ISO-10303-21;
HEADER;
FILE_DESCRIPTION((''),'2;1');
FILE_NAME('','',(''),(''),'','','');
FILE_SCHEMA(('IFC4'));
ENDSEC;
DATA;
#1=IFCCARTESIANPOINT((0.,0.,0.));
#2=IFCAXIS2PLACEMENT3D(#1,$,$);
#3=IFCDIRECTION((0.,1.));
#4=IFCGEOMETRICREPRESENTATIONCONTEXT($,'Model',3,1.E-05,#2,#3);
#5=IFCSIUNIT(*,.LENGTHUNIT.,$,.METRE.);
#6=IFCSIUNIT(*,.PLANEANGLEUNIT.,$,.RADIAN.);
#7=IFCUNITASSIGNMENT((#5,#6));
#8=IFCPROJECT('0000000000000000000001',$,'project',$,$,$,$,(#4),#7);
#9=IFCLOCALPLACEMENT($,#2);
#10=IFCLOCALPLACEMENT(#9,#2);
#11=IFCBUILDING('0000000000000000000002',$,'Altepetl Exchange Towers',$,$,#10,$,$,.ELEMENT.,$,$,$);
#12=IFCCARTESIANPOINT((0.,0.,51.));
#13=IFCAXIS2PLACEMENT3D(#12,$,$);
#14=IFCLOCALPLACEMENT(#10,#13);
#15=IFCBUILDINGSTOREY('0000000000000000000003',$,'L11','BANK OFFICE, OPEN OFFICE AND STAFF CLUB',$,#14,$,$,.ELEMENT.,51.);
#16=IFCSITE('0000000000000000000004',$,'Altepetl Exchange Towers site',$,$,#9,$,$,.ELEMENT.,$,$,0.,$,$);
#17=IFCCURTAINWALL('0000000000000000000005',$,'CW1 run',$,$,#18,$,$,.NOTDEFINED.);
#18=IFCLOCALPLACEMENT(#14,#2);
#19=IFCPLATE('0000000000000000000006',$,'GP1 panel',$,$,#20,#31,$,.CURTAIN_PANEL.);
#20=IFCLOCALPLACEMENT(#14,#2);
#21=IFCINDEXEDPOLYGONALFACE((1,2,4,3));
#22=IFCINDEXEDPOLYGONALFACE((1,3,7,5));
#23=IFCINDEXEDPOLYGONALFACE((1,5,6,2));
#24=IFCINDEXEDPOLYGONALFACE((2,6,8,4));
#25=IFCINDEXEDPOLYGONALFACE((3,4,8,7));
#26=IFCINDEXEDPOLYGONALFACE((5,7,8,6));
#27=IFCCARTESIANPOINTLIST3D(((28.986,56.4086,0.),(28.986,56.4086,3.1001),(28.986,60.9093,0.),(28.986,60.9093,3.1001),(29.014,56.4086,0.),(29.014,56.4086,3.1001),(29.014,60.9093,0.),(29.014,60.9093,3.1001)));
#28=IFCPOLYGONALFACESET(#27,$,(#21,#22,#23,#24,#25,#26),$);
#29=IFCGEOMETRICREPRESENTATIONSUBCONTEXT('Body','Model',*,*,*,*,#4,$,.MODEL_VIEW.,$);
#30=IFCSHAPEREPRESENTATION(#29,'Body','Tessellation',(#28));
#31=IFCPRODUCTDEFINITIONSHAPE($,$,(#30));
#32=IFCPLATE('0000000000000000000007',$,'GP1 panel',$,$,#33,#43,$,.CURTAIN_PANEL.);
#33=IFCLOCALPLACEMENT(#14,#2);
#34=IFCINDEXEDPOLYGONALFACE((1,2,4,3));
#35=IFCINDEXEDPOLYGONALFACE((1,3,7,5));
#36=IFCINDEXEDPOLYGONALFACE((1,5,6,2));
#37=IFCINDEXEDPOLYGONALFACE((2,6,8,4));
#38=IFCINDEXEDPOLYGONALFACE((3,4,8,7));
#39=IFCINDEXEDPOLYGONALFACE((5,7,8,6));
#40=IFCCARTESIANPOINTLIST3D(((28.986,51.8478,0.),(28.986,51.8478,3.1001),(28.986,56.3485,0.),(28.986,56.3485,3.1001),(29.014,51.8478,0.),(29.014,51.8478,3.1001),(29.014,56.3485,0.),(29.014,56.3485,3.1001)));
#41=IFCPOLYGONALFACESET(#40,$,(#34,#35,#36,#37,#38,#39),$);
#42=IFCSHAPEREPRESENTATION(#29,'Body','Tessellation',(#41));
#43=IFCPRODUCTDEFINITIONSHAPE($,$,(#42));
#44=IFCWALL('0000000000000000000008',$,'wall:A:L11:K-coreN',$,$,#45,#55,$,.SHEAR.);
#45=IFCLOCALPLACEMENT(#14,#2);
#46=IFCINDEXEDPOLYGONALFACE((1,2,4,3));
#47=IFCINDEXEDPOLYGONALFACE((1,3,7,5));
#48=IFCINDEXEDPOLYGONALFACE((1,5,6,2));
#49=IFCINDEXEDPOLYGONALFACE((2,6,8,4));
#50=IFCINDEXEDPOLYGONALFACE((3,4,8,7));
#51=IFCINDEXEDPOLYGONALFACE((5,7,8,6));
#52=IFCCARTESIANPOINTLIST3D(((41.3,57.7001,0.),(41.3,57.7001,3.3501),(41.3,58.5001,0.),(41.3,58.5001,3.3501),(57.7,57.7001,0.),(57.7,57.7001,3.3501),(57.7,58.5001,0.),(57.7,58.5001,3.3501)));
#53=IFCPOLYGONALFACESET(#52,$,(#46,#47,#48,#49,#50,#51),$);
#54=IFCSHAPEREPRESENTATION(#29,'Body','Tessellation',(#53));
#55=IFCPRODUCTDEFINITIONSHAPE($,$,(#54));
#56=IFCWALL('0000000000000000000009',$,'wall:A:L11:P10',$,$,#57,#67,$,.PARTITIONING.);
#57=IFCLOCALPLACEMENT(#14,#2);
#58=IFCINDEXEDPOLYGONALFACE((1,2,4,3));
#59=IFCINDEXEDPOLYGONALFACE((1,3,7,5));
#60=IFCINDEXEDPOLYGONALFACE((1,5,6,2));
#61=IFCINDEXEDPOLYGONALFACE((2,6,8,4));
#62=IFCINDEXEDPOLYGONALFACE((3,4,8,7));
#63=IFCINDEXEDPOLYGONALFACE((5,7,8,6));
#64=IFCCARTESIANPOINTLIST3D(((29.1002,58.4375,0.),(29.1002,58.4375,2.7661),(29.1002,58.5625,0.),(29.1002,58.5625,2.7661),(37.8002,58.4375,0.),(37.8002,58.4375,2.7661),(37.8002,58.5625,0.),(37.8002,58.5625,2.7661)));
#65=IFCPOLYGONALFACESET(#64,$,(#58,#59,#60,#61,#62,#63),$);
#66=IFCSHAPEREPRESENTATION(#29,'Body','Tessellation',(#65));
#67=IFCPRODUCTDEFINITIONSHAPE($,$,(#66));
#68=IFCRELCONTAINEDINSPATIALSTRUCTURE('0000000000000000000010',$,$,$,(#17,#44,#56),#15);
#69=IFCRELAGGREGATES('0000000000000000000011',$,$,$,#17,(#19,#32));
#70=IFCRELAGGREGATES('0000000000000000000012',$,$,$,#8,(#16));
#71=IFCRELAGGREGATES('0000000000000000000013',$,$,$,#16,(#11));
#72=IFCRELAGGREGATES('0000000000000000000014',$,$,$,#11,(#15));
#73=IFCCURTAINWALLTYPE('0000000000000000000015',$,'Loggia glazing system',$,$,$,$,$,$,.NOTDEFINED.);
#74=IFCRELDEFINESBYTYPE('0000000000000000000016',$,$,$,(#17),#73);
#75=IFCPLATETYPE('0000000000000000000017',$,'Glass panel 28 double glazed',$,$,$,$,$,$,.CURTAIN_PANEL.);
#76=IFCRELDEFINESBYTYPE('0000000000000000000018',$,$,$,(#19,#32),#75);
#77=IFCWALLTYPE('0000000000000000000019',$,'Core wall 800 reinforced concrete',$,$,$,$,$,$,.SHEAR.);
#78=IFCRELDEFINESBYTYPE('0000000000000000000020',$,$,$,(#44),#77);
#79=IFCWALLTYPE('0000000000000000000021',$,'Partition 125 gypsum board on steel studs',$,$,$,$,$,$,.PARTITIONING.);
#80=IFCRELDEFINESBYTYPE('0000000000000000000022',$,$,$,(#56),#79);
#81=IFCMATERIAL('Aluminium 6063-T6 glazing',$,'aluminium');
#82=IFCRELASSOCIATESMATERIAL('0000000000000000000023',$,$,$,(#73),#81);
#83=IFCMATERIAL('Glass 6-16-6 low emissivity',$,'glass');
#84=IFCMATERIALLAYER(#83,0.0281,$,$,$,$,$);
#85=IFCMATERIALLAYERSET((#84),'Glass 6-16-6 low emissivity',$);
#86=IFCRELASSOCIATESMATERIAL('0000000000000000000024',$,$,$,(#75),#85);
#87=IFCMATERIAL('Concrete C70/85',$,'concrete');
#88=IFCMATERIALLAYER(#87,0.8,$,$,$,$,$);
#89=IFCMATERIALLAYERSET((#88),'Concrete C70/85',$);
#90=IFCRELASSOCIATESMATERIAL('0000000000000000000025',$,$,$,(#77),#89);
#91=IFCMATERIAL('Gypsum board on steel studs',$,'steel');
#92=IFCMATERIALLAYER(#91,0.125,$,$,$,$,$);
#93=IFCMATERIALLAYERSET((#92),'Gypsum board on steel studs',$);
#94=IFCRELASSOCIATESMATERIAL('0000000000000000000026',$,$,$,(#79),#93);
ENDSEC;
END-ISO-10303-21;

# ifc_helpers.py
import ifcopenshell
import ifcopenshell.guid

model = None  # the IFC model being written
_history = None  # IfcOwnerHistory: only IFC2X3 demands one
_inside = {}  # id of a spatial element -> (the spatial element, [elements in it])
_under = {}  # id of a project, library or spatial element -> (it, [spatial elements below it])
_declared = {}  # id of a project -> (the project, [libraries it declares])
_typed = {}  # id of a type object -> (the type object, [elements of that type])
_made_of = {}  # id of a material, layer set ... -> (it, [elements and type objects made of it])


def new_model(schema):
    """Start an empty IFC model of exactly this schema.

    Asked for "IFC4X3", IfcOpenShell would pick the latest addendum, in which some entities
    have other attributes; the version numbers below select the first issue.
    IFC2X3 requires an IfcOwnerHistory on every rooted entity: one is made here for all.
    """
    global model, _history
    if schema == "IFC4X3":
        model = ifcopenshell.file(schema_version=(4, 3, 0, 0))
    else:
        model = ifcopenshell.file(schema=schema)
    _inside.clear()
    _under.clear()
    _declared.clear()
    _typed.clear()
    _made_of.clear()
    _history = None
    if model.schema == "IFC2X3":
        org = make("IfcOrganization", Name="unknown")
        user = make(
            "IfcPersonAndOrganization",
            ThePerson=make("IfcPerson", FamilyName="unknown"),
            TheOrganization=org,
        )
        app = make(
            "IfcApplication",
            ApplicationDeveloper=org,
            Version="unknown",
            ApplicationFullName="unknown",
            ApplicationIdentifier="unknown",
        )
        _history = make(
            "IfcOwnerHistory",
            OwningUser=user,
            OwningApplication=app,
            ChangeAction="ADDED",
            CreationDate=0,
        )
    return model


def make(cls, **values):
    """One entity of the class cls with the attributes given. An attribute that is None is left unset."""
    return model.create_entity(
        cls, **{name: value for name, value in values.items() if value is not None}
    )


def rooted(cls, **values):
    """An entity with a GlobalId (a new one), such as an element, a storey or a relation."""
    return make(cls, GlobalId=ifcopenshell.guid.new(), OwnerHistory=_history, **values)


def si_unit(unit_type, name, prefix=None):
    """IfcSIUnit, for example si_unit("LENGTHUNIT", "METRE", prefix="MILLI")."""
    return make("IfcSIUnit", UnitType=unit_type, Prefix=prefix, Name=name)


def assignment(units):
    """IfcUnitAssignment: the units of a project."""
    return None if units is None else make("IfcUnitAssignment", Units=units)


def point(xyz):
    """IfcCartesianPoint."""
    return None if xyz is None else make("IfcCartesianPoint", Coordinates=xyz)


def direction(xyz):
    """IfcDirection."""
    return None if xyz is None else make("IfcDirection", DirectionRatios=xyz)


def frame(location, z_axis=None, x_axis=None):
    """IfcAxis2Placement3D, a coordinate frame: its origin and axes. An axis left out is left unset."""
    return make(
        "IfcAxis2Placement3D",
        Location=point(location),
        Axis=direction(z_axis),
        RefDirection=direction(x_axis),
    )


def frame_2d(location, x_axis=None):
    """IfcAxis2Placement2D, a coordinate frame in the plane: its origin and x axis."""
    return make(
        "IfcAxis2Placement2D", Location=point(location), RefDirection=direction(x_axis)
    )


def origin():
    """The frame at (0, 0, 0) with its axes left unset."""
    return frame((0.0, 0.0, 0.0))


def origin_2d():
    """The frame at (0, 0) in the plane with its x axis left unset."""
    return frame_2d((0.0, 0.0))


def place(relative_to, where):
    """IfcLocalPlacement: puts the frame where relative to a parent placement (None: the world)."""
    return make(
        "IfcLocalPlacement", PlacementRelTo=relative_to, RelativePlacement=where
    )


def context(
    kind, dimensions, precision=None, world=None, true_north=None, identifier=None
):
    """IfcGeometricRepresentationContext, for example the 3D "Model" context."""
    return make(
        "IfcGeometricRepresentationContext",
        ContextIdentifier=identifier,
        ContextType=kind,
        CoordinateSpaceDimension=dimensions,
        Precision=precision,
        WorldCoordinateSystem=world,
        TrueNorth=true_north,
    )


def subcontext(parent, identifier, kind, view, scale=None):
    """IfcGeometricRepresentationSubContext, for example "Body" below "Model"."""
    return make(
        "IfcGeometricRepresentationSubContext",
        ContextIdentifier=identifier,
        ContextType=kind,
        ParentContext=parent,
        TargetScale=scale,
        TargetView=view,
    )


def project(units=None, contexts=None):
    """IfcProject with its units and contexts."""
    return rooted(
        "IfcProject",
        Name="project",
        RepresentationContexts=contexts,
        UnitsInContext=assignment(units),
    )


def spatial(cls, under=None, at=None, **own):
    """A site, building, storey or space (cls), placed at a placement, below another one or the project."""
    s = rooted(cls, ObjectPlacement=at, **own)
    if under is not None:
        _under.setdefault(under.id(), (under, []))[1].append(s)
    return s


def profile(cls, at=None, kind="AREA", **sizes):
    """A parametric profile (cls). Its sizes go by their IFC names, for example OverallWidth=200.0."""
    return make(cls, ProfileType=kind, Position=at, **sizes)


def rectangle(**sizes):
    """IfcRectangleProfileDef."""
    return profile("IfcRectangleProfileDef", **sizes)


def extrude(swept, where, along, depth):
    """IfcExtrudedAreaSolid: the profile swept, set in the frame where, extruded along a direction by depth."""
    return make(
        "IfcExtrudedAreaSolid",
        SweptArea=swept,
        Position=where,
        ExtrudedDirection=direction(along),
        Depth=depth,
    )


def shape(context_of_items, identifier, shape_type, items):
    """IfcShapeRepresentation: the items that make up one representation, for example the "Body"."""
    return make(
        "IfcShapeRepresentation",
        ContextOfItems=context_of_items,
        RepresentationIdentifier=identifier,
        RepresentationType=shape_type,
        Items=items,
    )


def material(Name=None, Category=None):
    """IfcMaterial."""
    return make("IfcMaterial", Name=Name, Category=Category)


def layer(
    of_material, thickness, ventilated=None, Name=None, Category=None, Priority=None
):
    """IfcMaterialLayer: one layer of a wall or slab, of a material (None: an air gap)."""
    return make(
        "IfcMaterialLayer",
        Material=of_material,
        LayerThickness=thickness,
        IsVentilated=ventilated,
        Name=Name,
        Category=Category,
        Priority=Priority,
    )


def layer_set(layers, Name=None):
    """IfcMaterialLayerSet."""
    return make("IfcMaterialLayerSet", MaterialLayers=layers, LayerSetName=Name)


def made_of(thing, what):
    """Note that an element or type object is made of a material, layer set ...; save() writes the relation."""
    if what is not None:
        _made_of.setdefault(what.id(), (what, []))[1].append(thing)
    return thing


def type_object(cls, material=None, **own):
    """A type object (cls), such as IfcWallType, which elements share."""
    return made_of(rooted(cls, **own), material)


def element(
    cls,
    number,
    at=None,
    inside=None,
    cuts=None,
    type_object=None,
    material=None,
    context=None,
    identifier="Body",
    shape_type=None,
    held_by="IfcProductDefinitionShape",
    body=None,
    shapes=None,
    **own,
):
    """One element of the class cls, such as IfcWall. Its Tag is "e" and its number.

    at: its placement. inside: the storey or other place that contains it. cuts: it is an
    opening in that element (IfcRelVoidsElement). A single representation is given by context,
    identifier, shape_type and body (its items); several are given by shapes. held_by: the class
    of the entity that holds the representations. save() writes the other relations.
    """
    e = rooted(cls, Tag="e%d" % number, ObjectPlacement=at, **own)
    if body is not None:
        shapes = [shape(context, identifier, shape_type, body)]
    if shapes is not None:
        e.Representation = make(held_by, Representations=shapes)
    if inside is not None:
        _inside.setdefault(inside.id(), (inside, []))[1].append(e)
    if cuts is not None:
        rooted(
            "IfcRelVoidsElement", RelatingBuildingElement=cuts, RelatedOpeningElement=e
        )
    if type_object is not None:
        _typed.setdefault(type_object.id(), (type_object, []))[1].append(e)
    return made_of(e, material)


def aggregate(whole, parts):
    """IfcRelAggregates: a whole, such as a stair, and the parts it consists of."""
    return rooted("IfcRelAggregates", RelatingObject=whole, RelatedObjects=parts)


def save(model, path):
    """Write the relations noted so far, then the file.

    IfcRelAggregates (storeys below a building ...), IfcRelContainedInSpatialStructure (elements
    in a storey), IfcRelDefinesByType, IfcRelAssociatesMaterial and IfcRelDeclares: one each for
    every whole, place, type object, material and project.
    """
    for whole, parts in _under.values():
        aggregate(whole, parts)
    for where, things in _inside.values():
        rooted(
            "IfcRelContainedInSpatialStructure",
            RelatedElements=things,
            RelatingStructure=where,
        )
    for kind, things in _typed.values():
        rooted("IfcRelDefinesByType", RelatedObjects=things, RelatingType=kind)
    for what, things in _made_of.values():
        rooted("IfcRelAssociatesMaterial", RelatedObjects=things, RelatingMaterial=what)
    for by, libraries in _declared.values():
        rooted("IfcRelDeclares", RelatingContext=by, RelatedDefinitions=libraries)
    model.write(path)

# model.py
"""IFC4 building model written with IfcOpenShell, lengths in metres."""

from ifc_helpers import new_model, si_unit, direction, frame, frame_2d, origin, origin_2d, place, context, subcontext, project, spatial, rectangle, extrude, material, layer, layer_set, type_object, element, aggregate, save


model = new_model("IFC4")

# Units and contexts
model_context = context("Model", 3, precision=1e-05, world=origin(), true_north=direction((0.0, 1.0)))
body_context = subcontext(model_context, "Body", "Model", "MODEL_VIEW")
ifc_project = project(units=[si_unit("LENGTHUNIT", "METRE"), si_unit("PLANEANGLEUNIT", "RADIAN")], contexts=[model_context])

# Site, building, storey
site_placement = place(None, origin())
site = spatial("IfcSite", under=ifc_project, at=site_placement, Name="Altepetl Exchange Towers site", CompositionType="ELEMENT", RefElevation=0.0)
building_placement = place(site_placement, origin())
building = spatial("IfcBuilding", under=site, at=building_placement, Name="Altepetl Exchange Towers", CompositionType="ELEMENT")
storey_placement = place(building_placement, frame((0.0, 0.0, 51.0)))
storey = spatial("IfcBuildingStorey", under=building, at=storey_placement, Name="L11", Description="BANK OFFICE, OPEN OFFICE AND STAFF CLUB", CompositionType="ELEMENT", Elevation=51.0)

# Shared definitions
ifc_material_1 = material(Name="Concrete C70/85", Category="concrete")

# Curtain wall
ifc_material_2 = material(Name="Aluminium 6063-T6 glazing", Category="aluminium")
curtain_wall_type = type_object("IfcCurtainWallType", Name="Loggia glazing system", PredefinedType="NOTDEFINED", material=ifc_material_2)
curtain_wall_placement = place(storey_placement, origin())
curtain_wall = element("IfcCurtainWall", 1, at=curtain_wall_placement, inside=storey, type_object=curtain_wall_type, Name="CW1 run", PredefinedType="NOTDEFINED")

# Plates
ifc_material_3 = material(Name="Glass 6-16-6 low emissivity", Category="glass")
ifc_layer_1 = layer(ifc_material_3, 0.0281)
ifc_layer_set_1 = layer_set([ifc_layer_1], Name="Glass 6-16-6 low emissivity")
plate_type = type_object("IfcPlateType", Name="Glass panel 28 double glazed", PredefinedType="CURTAIN_PANEL", material=ifc_layer_set_1)
plate_1_placement = place(storey_placement, frame((29.0, 58.6589, 0.0), z_axis=(0.0, 0.0, 1.0), x_axis=(0.0, -1.0, 0.0)))
plate_1 = element("IfcPlate", 2, at=plate_1_placement, type_object=plate_type, Name="GP1 panel", PredefinedType="CURTAIN_PANEL", context=body_context, shape_type="SweptSolid", body=[
    extrude(rectangle(XDim=4.5007, YDim=0.0281, at=origin_2d()), origin(), (0.0, 0.0, 1.0), 3.1001),
])
plate_2_placement = place(storey_placement, frame((29.0, 54.0981, 0.0), z_axis=(0.0, 0.0, 1.0), x_axis=(0.0, -1.0, 0.0)))
plate_2 = element("IfcPlate", 3, at=plate_2_placement, type_object=plate_type, Name="GP1 panel", PredefinedType="CURTAIN_PANEL", context=body_context, shape_type="SweptSolid", body=[
    extrude(rectangle(XDim=4.5007, YDim=0.0281, at=origin_2d()), origin(), (0.0, 0.0, 1.0), 3.1001),
])
aggregate(curtain_wall, [plate_1, plate_2])

# Walls
ifc_layer_2 = layer(ifc_material_1, 0.8)
ifc_layer_set_2 = layer_set([ifc_layer_2], Name="Concrete C70/85")
wall_type_1 = type_object("IfcWallType", Name="Core wall 800 reinforced concrete", PredefinedType="SHEAR", material=ifc_layer_set_2)
wall_1_placement = place(storey_placement, frame((41.3, 58.1001, 0.0)))
element("IfcWall", 4, at=wall_1_placement, inside=storey, type_object=wall_type_1, Name="wall:A:L11:K-coreN", PredefinedType="SHEAR", context=body_context, shape_type="SweptSolid", body=[
    extrude(rectangle(XDim=16.3999, YDim=0.8, at=frame_2d((8.2, 0.0))), origin(), (0.0, 0.0, 1.0), 3.3501),
])
ifc_material_4 = material(Name="Gypsum board on steel studs", Category="steel")
ifc_layer_3 = layer(ifc_material_4, 0.125)
ifc_layer_set_3 = layer_set([ifc_layer_3], Name="Gypsum board on steel studs")
wall_type_2 = type_object("IfcWallType", Name="Partition 125 gypsum board on steel studs", PredefinedType="PARTITIONING", material=ifc_layer_set_3)
wall_2_placement = place(storey_placement, frame((29.1001, 58.5, 0.0)))
element("IfcWall", 5, at=wall_2_placement, inside=storey, type_object=wall_type_2, Name="wall:A:L11:P10", PredefinedType="PARTITIONING", context=body_context, shape_type="SweptSolid", body=[
    extrude(rectangle(XDim=8.7, YDim=0.125, at=frame_2d((4.3501, 0.0))), origin(), (0.0, 0.0, 1.0), 2.7661),
])

save(model, "model.ifc")
